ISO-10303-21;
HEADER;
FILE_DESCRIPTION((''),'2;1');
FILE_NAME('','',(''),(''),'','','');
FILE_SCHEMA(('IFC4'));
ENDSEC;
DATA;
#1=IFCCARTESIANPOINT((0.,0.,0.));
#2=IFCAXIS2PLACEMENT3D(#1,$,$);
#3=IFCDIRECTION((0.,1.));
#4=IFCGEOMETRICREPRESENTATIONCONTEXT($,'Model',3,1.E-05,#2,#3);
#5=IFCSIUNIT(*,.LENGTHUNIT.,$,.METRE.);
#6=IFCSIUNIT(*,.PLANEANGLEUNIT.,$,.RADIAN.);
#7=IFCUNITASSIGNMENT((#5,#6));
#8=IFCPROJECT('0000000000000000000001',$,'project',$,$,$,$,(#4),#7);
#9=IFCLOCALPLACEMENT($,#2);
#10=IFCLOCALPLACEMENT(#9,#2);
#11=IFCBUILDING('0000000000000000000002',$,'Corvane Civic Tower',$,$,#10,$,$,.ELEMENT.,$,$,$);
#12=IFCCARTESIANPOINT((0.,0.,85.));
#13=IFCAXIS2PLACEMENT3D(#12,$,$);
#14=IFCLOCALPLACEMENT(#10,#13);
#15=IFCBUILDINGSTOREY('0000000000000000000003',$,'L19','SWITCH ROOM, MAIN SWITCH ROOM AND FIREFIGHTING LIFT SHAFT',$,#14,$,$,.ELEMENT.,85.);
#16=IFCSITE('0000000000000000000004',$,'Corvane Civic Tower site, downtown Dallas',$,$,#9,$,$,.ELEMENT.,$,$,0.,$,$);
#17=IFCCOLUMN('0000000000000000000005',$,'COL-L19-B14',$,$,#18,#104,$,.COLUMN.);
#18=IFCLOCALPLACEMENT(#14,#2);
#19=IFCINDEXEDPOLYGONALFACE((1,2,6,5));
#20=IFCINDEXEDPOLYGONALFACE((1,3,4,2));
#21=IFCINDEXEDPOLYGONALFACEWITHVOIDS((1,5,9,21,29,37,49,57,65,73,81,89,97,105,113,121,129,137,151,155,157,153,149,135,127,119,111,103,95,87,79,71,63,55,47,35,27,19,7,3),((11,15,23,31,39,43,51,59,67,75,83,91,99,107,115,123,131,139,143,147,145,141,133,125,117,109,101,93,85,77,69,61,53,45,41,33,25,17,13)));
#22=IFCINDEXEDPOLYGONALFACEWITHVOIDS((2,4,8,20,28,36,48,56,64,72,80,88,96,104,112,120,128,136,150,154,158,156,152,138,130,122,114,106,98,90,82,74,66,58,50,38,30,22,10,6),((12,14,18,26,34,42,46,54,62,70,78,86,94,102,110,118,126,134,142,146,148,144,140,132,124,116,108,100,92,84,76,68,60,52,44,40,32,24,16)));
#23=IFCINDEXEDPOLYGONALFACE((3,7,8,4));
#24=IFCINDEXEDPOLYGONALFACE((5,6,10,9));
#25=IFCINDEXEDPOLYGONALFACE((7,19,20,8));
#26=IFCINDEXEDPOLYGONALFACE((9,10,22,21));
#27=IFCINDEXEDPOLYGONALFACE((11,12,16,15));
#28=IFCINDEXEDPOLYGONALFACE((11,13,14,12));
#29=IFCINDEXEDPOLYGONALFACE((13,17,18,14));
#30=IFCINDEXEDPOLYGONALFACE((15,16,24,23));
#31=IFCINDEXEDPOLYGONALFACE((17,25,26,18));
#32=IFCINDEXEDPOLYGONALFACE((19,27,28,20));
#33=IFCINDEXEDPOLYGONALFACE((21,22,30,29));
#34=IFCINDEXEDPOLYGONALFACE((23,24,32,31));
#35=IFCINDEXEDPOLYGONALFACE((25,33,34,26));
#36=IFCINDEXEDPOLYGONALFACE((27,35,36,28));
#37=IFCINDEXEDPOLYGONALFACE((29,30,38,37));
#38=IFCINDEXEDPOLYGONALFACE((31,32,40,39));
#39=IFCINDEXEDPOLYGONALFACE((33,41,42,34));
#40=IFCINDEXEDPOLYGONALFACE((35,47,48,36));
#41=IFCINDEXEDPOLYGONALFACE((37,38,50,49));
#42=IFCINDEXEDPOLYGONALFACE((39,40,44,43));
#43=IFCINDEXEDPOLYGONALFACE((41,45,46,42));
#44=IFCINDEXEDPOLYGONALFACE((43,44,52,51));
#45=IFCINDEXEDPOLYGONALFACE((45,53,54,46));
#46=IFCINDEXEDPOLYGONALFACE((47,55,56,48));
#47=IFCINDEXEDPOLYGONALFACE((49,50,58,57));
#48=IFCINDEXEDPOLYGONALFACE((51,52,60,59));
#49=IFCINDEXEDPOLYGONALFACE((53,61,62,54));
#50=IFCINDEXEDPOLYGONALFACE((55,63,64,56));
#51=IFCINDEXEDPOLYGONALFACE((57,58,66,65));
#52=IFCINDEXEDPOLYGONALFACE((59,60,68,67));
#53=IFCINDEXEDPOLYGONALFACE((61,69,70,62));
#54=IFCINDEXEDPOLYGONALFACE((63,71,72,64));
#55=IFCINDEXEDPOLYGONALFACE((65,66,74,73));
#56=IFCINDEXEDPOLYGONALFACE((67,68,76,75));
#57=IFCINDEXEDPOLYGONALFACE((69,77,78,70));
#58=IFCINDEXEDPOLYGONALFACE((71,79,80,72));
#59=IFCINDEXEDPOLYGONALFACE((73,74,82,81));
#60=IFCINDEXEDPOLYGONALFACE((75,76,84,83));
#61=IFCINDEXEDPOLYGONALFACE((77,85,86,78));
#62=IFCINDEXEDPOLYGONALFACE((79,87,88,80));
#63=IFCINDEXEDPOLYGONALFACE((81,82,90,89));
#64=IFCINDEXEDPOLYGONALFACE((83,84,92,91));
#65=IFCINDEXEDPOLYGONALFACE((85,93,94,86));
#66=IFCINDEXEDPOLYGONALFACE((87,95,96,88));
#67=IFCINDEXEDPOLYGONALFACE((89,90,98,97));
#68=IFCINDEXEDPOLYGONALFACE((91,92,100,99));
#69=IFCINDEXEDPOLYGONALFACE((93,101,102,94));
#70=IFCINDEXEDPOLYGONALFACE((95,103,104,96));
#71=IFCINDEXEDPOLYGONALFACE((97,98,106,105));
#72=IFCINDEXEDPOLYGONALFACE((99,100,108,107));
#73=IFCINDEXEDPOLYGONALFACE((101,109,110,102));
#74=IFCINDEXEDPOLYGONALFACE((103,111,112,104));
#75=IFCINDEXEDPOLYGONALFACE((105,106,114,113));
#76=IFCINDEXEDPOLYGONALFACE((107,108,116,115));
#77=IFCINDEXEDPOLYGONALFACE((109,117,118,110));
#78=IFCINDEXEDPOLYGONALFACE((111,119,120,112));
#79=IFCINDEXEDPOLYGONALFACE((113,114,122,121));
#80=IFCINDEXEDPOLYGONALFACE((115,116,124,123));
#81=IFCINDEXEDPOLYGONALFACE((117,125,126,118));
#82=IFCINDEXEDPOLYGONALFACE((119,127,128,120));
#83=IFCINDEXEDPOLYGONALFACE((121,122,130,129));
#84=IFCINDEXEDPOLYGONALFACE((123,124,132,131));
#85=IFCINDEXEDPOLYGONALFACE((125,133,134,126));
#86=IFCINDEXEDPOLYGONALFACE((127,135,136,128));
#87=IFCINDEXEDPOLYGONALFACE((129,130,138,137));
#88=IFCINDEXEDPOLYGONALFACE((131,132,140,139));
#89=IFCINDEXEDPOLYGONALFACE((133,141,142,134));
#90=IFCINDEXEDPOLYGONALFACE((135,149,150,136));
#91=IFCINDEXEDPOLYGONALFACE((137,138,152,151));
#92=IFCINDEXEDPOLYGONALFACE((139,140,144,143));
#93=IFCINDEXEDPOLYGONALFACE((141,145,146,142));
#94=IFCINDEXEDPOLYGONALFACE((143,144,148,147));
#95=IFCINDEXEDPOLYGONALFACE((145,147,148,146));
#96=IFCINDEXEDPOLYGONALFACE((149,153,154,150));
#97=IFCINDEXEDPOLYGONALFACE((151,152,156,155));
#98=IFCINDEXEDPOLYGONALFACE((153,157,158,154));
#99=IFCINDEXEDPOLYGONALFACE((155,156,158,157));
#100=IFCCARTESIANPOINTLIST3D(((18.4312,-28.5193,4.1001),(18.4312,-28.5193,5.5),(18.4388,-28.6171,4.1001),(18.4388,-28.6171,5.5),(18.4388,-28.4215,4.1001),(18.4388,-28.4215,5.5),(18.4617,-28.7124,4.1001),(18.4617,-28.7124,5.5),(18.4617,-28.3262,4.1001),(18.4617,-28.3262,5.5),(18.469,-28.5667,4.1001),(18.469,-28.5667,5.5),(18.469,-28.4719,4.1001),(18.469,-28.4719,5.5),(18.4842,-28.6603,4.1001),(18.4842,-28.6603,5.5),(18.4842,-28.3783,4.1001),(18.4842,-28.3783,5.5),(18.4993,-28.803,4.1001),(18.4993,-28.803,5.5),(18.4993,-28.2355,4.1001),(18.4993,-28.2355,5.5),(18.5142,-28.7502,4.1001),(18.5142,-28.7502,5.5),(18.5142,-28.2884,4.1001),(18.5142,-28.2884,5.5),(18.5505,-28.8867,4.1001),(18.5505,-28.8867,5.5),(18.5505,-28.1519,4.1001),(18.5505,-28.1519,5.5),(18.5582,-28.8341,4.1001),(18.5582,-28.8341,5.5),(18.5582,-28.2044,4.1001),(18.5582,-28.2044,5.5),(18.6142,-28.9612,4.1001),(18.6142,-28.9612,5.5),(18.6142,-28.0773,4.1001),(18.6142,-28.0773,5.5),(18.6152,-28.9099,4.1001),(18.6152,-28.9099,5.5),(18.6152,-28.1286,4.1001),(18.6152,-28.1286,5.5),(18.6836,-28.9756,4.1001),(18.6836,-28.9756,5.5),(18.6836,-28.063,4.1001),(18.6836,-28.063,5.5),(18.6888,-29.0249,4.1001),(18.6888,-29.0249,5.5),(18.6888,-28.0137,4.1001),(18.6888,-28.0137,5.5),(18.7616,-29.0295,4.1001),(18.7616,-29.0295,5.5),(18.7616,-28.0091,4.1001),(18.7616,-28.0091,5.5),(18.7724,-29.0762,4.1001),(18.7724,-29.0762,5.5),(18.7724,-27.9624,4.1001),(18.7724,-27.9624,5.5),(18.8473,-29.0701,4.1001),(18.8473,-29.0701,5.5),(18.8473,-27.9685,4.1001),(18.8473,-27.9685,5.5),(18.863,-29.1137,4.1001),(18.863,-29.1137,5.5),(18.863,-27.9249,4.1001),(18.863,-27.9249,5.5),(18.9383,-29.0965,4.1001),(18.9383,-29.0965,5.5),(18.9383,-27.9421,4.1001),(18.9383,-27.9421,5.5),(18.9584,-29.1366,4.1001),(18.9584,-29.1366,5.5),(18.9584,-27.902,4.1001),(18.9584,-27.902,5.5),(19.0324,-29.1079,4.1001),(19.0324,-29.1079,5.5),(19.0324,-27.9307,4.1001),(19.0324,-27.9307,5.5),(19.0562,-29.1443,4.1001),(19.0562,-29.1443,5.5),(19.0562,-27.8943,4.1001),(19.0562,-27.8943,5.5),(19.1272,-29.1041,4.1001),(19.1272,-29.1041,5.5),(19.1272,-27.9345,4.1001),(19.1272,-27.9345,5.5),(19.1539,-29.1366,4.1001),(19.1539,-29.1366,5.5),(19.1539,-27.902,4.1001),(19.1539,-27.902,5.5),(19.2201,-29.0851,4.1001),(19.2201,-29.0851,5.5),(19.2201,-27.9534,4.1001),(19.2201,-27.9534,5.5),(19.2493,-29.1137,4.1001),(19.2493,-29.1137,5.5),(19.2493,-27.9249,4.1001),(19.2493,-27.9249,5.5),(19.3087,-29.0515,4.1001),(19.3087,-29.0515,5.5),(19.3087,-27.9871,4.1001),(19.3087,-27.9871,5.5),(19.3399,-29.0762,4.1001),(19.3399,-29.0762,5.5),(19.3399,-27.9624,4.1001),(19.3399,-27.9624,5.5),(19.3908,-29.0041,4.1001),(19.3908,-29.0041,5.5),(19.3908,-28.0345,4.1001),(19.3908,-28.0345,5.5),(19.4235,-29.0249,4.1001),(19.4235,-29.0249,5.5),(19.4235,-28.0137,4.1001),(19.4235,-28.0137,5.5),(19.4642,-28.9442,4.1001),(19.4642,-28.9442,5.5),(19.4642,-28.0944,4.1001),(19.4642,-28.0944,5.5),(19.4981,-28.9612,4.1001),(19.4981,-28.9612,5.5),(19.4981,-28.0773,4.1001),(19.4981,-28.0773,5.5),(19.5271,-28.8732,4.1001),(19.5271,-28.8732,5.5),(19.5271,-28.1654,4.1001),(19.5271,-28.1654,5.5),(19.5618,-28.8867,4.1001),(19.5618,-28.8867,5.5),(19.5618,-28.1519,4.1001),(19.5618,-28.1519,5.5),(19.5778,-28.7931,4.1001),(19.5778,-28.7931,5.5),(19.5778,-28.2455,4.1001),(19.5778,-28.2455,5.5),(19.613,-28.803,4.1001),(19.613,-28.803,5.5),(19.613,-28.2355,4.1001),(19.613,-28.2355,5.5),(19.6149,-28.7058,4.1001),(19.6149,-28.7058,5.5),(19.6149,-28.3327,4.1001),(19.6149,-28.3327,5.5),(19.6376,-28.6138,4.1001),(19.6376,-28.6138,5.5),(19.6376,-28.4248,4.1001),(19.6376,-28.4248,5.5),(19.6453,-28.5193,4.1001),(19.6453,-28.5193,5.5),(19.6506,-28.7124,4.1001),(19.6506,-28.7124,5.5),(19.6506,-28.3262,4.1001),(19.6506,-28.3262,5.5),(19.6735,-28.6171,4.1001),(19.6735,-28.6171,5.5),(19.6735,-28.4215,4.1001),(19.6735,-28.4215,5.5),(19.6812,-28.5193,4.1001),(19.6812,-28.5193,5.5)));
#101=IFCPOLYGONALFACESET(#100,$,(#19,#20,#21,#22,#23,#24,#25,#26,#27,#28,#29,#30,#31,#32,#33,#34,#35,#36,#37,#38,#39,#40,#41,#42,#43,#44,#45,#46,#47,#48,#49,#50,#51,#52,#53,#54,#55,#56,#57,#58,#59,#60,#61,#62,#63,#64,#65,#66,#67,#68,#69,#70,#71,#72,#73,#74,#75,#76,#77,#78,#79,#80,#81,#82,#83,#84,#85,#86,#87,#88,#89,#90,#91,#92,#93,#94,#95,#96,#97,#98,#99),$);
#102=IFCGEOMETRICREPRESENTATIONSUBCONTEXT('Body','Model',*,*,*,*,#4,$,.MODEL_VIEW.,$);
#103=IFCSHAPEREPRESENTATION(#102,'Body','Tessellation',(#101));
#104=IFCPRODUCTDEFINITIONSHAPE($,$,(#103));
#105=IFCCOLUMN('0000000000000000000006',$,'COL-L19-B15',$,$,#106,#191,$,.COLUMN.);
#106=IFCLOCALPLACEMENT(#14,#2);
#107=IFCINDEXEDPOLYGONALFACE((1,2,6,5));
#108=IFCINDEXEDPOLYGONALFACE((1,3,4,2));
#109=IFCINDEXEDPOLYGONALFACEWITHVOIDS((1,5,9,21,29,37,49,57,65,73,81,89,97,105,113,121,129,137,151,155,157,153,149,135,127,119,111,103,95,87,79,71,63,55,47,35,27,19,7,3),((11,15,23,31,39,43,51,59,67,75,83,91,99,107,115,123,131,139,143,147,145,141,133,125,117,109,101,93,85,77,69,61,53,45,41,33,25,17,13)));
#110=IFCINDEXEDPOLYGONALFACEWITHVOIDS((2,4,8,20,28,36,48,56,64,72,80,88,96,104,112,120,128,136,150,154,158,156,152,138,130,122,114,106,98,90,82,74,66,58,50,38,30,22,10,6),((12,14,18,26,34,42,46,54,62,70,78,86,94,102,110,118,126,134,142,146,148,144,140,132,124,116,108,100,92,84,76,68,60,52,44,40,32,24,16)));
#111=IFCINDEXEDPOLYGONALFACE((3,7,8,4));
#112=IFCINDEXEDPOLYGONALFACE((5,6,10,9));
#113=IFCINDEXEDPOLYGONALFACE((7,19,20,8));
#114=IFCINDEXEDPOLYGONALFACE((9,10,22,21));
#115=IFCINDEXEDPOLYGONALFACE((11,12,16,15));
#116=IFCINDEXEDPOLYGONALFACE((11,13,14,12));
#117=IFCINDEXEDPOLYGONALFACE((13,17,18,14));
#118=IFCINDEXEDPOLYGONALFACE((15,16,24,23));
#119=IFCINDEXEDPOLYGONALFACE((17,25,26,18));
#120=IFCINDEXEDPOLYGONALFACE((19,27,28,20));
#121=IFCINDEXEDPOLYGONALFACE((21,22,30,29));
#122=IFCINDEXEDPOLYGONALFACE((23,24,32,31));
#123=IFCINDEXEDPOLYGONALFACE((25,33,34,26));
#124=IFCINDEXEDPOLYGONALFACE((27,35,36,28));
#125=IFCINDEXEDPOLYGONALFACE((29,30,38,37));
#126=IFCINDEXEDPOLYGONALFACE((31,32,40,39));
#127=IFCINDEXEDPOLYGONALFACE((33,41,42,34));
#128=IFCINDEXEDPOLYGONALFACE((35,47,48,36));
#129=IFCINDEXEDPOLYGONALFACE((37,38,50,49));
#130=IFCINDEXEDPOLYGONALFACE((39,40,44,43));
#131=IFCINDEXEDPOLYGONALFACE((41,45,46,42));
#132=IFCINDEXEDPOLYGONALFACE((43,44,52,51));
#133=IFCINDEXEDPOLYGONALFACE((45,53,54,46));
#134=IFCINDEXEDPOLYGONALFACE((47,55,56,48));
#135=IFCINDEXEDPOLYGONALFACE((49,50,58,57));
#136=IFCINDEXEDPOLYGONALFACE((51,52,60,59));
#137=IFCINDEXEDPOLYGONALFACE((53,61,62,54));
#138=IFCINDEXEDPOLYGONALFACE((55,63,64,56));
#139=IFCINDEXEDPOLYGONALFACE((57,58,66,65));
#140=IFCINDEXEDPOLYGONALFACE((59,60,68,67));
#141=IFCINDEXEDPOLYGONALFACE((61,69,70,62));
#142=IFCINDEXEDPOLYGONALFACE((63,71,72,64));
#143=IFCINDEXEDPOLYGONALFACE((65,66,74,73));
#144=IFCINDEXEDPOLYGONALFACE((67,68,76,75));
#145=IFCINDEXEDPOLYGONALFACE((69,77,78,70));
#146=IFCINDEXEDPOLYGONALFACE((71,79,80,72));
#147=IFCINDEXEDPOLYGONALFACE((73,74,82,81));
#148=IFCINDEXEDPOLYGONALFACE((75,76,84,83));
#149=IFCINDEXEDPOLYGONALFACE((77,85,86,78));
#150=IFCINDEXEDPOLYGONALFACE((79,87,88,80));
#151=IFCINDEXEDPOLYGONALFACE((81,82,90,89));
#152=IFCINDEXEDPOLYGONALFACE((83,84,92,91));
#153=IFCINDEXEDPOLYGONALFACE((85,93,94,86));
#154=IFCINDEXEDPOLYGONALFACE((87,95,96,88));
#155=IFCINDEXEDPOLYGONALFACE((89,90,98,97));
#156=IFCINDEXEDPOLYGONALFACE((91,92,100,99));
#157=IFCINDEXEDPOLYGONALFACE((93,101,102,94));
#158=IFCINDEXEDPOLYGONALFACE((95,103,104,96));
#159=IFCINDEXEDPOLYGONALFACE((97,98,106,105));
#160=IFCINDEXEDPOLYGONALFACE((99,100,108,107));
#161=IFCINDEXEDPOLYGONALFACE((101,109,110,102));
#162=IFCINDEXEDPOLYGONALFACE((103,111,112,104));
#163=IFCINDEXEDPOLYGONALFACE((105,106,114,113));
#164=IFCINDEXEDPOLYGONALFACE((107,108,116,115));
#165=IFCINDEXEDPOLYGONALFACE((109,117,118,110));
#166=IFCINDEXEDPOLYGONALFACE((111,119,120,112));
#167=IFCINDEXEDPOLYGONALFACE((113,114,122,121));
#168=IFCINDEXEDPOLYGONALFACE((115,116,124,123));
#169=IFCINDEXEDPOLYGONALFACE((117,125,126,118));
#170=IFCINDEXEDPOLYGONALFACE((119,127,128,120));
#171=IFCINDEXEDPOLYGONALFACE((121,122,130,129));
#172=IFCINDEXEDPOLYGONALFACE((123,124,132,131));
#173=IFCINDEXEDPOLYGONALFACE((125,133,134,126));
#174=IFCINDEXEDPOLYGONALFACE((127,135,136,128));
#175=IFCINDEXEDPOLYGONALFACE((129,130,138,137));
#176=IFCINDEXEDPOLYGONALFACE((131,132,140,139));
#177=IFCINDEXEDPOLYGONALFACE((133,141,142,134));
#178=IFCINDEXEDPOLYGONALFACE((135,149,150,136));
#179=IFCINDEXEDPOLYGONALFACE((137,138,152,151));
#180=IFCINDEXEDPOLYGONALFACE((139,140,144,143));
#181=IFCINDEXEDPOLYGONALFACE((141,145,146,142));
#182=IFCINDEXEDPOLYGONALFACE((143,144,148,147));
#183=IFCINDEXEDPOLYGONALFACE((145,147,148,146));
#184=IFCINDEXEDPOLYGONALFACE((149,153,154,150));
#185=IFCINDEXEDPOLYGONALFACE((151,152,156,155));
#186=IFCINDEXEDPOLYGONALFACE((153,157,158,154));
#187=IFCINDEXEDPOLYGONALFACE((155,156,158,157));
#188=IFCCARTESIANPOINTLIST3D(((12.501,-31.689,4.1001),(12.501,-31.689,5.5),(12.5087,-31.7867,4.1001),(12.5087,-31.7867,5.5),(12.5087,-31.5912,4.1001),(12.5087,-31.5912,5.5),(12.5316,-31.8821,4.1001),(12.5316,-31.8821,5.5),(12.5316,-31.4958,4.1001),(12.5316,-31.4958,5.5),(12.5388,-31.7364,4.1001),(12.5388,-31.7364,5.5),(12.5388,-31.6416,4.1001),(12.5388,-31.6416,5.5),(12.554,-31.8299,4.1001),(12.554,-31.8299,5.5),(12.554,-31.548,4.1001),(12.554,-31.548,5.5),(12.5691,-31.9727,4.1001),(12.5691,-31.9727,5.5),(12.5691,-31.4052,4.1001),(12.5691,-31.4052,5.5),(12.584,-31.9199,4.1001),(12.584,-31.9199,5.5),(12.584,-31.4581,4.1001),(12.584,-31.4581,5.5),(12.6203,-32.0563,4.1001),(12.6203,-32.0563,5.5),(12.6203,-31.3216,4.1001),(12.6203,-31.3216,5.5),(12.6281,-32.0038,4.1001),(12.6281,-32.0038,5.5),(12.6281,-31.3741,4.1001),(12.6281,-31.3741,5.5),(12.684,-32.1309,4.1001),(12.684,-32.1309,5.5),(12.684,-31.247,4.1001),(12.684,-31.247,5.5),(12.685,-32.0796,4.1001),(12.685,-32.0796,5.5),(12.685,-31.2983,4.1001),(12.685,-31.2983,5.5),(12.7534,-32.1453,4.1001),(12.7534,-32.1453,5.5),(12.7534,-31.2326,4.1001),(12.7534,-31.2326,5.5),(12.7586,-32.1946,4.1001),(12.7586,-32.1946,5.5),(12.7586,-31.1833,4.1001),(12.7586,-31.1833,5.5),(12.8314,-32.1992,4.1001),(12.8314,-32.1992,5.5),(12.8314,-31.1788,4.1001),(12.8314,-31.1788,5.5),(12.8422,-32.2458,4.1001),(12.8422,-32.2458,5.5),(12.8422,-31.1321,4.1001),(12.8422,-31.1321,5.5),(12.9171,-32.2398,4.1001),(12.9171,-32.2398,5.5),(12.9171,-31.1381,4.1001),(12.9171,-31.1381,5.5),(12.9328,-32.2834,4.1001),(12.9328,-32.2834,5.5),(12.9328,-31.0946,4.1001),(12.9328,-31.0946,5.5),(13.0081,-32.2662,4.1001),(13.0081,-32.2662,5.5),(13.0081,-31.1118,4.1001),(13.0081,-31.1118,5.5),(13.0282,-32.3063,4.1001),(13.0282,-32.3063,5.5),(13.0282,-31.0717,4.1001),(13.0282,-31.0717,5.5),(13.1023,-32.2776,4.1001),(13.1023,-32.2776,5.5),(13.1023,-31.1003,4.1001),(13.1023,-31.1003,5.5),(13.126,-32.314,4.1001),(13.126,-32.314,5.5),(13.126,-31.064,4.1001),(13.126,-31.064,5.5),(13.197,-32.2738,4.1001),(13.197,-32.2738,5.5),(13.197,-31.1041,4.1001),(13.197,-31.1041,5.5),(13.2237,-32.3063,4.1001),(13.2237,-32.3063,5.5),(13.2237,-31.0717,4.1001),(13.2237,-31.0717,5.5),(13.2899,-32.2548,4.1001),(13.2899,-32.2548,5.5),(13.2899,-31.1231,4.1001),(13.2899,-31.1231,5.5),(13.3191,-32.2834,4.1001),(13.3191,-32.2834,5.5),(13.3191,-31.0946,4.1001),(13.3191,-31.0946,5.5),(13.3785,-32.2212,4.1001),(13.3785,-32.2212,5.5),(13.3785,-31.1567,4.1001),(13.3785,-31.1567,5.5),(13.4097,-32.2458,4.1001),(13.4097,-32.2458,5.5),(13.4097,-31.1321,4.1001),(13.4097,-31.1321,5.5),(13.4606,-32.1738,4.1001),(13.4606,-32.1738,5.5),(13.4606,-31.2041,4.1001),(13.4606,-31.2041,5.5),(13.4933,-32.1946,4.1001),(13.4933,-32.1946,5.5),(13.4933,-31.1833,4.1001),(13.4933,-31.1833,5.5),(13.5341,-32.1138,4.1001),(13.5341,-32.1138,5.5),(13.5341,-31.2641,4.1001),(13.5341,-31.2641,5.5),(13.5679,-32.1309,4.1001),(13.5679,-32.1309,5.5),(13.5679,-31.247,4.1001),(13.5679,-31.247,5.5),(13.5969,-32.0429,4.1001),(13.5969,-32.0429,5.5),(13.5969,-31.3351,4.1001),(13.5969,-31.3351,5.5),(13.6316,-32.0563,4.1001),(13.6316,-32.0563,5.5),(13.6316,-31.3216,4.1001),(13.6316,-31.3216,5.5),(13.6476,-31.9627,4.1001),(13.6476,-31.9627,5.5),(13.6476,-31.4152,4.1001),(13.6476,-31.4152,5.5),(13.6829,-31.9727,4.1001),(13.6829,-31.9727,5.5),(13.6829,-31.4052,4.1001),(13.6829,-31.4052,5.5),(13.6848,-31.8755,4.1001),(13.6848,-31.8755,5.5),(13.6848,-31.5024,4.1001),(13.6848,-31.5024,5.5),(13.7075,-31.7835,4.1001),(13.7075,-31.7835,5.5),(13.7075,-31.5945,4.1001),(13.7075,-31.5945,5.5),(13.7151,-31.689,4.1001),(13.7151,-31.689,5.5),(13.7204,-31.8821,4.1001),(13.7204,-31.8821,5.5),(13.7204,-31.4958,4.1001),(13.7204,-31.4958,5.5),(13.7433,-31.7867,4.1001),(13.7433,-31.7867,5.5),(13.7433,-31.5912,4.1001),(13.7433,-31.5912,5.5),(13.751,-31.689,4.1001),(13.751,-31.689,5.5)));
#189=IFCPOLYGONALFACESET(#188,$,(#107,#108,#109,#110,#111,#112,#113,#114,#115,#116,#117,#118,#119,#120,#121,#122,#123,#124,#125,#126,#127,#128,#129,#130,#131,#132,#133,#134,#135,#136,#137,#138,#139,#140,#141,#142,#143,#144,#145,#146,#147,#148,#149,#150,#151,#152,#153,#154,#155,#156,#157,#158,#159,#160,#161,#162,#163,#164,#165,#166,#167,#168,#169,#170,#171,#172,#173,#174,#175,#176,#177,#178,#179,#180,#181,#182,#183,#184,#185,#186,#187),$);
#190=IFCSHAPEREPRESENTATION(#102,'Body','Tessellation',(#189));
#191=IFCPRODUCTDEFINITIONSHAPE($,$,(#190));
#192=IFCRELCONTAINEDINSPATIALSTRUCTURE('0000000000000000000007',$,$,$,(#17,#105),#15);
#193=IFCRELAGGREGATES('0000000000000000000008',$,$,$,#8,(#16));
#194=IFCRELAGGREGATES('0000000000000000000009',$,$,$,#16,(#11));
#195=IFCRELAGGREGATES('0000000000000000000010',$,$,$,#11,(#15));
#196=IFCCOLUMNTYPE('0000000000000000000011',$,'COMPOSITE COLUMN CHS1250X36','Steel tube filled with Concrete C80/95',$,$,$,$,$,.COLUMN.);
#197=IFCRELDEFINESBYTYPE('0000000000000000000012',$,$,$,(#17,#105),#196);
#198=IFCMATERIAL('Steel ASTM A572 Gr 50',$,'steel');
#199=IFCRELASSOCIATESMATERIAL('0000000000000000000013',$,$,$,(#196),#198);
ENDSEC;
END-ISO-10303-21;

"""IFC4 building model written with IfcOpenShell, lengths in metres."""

from ifc_helpers import new_model, si_unit, direction, frame, origin, origin_2d, place, context, subcontext, project, spatial, hollow_circle, extrude, material, material_profile, profile_set, type_object, element, save


model = new_model("IFC4")

# Units and contexts
model_context = context("Model", 3, precision=1e-05, world=origin(), true_north=direction((0.0, 1.0)))
body_context = subcontext(model_context, "Body", "Model", "MODEL_VIEW")
ifc_project = project(units=[si_unit("LENGTHUNIT", "METRE"), si_unit("PLANEANGLEUNIT", "RADIAN")], contexts=[model_context])

# Site, building, storey
site_placement = place(None, origin())
site = spatial("IfcSite", under=ifc_project, at=site_placement, Name="Corvane Civic Tower site, downtown Dallas", CompositionType="ELEMENT", RefElevation=0.0)
building_placement = place(site_placement, origin())
building = spatial("IfcBuilding", under=site, at=building_placement, Name="Corvane Civic Tower", CompositionType="ELEMENT")
storey_placement = place(building_placement, frame((0.0, 0.0, 85.0)))
storey = spatial("IfcBuildingStorey", under=building, at=storey_placement, Name="L19", Description="SWITCH ROOM, MAIN SWITCH ROOM AND FIREFIGHTING LIFT SHAFT", CompositionType="ELEMENT", Elevation=85.0)

# Columns
ifc_material_1 = material(Name="Steel ASTM A572 Gr 50", Category="steel")
ifc_material_profile_1 = material_profile(ifc_material_1, hollow_circle(Radius=0.625, WallThickness=0.0359, at=origin_2d()), Name="CHS1250X36")
ifc_profile_set_1 = profile_set([ifc_material_profile_1], Name="Steel ASTM A572 Gr 50")
column_type_1 = type_object("IfcColumnType", Name="COMPOSITE COLUMN CHS1250X36", Description="Steel tube filled with Concrete C80/95", PredefinedType="COLUMN", material=ifc_profile_set_1)
for number, where, z_axis, x_axis, name in (
    (1, (19.0562, -28.5193, 4.1001), (0.0, 0.0, 1.0), (1.0, 0.0, 0.0), "COL-L19-B14"),
    (2, (13.126, -31.689, 4.1001), (0.0, 0.0, 1.0), (1.0, 0.0, 0.0), "COL-L19-B15"),
):
    element("IfcColumn", number, at=place(storey_placement, frame(where, z_axis=z_axis, x_axis=x_axis)), inside=storey, type_object=column_type_1, Name=name, PredefinedType="COLUMN", context=body_context, shape_type="SweptSolid", body=[
        extrude(hollow_circle(Radius=0.625, WallThickness=0.0359, at=origin_2d()), origin(), (0.0, 0.0, 1.0), 1.3999),
    ])

save(model, "model.ifc")
